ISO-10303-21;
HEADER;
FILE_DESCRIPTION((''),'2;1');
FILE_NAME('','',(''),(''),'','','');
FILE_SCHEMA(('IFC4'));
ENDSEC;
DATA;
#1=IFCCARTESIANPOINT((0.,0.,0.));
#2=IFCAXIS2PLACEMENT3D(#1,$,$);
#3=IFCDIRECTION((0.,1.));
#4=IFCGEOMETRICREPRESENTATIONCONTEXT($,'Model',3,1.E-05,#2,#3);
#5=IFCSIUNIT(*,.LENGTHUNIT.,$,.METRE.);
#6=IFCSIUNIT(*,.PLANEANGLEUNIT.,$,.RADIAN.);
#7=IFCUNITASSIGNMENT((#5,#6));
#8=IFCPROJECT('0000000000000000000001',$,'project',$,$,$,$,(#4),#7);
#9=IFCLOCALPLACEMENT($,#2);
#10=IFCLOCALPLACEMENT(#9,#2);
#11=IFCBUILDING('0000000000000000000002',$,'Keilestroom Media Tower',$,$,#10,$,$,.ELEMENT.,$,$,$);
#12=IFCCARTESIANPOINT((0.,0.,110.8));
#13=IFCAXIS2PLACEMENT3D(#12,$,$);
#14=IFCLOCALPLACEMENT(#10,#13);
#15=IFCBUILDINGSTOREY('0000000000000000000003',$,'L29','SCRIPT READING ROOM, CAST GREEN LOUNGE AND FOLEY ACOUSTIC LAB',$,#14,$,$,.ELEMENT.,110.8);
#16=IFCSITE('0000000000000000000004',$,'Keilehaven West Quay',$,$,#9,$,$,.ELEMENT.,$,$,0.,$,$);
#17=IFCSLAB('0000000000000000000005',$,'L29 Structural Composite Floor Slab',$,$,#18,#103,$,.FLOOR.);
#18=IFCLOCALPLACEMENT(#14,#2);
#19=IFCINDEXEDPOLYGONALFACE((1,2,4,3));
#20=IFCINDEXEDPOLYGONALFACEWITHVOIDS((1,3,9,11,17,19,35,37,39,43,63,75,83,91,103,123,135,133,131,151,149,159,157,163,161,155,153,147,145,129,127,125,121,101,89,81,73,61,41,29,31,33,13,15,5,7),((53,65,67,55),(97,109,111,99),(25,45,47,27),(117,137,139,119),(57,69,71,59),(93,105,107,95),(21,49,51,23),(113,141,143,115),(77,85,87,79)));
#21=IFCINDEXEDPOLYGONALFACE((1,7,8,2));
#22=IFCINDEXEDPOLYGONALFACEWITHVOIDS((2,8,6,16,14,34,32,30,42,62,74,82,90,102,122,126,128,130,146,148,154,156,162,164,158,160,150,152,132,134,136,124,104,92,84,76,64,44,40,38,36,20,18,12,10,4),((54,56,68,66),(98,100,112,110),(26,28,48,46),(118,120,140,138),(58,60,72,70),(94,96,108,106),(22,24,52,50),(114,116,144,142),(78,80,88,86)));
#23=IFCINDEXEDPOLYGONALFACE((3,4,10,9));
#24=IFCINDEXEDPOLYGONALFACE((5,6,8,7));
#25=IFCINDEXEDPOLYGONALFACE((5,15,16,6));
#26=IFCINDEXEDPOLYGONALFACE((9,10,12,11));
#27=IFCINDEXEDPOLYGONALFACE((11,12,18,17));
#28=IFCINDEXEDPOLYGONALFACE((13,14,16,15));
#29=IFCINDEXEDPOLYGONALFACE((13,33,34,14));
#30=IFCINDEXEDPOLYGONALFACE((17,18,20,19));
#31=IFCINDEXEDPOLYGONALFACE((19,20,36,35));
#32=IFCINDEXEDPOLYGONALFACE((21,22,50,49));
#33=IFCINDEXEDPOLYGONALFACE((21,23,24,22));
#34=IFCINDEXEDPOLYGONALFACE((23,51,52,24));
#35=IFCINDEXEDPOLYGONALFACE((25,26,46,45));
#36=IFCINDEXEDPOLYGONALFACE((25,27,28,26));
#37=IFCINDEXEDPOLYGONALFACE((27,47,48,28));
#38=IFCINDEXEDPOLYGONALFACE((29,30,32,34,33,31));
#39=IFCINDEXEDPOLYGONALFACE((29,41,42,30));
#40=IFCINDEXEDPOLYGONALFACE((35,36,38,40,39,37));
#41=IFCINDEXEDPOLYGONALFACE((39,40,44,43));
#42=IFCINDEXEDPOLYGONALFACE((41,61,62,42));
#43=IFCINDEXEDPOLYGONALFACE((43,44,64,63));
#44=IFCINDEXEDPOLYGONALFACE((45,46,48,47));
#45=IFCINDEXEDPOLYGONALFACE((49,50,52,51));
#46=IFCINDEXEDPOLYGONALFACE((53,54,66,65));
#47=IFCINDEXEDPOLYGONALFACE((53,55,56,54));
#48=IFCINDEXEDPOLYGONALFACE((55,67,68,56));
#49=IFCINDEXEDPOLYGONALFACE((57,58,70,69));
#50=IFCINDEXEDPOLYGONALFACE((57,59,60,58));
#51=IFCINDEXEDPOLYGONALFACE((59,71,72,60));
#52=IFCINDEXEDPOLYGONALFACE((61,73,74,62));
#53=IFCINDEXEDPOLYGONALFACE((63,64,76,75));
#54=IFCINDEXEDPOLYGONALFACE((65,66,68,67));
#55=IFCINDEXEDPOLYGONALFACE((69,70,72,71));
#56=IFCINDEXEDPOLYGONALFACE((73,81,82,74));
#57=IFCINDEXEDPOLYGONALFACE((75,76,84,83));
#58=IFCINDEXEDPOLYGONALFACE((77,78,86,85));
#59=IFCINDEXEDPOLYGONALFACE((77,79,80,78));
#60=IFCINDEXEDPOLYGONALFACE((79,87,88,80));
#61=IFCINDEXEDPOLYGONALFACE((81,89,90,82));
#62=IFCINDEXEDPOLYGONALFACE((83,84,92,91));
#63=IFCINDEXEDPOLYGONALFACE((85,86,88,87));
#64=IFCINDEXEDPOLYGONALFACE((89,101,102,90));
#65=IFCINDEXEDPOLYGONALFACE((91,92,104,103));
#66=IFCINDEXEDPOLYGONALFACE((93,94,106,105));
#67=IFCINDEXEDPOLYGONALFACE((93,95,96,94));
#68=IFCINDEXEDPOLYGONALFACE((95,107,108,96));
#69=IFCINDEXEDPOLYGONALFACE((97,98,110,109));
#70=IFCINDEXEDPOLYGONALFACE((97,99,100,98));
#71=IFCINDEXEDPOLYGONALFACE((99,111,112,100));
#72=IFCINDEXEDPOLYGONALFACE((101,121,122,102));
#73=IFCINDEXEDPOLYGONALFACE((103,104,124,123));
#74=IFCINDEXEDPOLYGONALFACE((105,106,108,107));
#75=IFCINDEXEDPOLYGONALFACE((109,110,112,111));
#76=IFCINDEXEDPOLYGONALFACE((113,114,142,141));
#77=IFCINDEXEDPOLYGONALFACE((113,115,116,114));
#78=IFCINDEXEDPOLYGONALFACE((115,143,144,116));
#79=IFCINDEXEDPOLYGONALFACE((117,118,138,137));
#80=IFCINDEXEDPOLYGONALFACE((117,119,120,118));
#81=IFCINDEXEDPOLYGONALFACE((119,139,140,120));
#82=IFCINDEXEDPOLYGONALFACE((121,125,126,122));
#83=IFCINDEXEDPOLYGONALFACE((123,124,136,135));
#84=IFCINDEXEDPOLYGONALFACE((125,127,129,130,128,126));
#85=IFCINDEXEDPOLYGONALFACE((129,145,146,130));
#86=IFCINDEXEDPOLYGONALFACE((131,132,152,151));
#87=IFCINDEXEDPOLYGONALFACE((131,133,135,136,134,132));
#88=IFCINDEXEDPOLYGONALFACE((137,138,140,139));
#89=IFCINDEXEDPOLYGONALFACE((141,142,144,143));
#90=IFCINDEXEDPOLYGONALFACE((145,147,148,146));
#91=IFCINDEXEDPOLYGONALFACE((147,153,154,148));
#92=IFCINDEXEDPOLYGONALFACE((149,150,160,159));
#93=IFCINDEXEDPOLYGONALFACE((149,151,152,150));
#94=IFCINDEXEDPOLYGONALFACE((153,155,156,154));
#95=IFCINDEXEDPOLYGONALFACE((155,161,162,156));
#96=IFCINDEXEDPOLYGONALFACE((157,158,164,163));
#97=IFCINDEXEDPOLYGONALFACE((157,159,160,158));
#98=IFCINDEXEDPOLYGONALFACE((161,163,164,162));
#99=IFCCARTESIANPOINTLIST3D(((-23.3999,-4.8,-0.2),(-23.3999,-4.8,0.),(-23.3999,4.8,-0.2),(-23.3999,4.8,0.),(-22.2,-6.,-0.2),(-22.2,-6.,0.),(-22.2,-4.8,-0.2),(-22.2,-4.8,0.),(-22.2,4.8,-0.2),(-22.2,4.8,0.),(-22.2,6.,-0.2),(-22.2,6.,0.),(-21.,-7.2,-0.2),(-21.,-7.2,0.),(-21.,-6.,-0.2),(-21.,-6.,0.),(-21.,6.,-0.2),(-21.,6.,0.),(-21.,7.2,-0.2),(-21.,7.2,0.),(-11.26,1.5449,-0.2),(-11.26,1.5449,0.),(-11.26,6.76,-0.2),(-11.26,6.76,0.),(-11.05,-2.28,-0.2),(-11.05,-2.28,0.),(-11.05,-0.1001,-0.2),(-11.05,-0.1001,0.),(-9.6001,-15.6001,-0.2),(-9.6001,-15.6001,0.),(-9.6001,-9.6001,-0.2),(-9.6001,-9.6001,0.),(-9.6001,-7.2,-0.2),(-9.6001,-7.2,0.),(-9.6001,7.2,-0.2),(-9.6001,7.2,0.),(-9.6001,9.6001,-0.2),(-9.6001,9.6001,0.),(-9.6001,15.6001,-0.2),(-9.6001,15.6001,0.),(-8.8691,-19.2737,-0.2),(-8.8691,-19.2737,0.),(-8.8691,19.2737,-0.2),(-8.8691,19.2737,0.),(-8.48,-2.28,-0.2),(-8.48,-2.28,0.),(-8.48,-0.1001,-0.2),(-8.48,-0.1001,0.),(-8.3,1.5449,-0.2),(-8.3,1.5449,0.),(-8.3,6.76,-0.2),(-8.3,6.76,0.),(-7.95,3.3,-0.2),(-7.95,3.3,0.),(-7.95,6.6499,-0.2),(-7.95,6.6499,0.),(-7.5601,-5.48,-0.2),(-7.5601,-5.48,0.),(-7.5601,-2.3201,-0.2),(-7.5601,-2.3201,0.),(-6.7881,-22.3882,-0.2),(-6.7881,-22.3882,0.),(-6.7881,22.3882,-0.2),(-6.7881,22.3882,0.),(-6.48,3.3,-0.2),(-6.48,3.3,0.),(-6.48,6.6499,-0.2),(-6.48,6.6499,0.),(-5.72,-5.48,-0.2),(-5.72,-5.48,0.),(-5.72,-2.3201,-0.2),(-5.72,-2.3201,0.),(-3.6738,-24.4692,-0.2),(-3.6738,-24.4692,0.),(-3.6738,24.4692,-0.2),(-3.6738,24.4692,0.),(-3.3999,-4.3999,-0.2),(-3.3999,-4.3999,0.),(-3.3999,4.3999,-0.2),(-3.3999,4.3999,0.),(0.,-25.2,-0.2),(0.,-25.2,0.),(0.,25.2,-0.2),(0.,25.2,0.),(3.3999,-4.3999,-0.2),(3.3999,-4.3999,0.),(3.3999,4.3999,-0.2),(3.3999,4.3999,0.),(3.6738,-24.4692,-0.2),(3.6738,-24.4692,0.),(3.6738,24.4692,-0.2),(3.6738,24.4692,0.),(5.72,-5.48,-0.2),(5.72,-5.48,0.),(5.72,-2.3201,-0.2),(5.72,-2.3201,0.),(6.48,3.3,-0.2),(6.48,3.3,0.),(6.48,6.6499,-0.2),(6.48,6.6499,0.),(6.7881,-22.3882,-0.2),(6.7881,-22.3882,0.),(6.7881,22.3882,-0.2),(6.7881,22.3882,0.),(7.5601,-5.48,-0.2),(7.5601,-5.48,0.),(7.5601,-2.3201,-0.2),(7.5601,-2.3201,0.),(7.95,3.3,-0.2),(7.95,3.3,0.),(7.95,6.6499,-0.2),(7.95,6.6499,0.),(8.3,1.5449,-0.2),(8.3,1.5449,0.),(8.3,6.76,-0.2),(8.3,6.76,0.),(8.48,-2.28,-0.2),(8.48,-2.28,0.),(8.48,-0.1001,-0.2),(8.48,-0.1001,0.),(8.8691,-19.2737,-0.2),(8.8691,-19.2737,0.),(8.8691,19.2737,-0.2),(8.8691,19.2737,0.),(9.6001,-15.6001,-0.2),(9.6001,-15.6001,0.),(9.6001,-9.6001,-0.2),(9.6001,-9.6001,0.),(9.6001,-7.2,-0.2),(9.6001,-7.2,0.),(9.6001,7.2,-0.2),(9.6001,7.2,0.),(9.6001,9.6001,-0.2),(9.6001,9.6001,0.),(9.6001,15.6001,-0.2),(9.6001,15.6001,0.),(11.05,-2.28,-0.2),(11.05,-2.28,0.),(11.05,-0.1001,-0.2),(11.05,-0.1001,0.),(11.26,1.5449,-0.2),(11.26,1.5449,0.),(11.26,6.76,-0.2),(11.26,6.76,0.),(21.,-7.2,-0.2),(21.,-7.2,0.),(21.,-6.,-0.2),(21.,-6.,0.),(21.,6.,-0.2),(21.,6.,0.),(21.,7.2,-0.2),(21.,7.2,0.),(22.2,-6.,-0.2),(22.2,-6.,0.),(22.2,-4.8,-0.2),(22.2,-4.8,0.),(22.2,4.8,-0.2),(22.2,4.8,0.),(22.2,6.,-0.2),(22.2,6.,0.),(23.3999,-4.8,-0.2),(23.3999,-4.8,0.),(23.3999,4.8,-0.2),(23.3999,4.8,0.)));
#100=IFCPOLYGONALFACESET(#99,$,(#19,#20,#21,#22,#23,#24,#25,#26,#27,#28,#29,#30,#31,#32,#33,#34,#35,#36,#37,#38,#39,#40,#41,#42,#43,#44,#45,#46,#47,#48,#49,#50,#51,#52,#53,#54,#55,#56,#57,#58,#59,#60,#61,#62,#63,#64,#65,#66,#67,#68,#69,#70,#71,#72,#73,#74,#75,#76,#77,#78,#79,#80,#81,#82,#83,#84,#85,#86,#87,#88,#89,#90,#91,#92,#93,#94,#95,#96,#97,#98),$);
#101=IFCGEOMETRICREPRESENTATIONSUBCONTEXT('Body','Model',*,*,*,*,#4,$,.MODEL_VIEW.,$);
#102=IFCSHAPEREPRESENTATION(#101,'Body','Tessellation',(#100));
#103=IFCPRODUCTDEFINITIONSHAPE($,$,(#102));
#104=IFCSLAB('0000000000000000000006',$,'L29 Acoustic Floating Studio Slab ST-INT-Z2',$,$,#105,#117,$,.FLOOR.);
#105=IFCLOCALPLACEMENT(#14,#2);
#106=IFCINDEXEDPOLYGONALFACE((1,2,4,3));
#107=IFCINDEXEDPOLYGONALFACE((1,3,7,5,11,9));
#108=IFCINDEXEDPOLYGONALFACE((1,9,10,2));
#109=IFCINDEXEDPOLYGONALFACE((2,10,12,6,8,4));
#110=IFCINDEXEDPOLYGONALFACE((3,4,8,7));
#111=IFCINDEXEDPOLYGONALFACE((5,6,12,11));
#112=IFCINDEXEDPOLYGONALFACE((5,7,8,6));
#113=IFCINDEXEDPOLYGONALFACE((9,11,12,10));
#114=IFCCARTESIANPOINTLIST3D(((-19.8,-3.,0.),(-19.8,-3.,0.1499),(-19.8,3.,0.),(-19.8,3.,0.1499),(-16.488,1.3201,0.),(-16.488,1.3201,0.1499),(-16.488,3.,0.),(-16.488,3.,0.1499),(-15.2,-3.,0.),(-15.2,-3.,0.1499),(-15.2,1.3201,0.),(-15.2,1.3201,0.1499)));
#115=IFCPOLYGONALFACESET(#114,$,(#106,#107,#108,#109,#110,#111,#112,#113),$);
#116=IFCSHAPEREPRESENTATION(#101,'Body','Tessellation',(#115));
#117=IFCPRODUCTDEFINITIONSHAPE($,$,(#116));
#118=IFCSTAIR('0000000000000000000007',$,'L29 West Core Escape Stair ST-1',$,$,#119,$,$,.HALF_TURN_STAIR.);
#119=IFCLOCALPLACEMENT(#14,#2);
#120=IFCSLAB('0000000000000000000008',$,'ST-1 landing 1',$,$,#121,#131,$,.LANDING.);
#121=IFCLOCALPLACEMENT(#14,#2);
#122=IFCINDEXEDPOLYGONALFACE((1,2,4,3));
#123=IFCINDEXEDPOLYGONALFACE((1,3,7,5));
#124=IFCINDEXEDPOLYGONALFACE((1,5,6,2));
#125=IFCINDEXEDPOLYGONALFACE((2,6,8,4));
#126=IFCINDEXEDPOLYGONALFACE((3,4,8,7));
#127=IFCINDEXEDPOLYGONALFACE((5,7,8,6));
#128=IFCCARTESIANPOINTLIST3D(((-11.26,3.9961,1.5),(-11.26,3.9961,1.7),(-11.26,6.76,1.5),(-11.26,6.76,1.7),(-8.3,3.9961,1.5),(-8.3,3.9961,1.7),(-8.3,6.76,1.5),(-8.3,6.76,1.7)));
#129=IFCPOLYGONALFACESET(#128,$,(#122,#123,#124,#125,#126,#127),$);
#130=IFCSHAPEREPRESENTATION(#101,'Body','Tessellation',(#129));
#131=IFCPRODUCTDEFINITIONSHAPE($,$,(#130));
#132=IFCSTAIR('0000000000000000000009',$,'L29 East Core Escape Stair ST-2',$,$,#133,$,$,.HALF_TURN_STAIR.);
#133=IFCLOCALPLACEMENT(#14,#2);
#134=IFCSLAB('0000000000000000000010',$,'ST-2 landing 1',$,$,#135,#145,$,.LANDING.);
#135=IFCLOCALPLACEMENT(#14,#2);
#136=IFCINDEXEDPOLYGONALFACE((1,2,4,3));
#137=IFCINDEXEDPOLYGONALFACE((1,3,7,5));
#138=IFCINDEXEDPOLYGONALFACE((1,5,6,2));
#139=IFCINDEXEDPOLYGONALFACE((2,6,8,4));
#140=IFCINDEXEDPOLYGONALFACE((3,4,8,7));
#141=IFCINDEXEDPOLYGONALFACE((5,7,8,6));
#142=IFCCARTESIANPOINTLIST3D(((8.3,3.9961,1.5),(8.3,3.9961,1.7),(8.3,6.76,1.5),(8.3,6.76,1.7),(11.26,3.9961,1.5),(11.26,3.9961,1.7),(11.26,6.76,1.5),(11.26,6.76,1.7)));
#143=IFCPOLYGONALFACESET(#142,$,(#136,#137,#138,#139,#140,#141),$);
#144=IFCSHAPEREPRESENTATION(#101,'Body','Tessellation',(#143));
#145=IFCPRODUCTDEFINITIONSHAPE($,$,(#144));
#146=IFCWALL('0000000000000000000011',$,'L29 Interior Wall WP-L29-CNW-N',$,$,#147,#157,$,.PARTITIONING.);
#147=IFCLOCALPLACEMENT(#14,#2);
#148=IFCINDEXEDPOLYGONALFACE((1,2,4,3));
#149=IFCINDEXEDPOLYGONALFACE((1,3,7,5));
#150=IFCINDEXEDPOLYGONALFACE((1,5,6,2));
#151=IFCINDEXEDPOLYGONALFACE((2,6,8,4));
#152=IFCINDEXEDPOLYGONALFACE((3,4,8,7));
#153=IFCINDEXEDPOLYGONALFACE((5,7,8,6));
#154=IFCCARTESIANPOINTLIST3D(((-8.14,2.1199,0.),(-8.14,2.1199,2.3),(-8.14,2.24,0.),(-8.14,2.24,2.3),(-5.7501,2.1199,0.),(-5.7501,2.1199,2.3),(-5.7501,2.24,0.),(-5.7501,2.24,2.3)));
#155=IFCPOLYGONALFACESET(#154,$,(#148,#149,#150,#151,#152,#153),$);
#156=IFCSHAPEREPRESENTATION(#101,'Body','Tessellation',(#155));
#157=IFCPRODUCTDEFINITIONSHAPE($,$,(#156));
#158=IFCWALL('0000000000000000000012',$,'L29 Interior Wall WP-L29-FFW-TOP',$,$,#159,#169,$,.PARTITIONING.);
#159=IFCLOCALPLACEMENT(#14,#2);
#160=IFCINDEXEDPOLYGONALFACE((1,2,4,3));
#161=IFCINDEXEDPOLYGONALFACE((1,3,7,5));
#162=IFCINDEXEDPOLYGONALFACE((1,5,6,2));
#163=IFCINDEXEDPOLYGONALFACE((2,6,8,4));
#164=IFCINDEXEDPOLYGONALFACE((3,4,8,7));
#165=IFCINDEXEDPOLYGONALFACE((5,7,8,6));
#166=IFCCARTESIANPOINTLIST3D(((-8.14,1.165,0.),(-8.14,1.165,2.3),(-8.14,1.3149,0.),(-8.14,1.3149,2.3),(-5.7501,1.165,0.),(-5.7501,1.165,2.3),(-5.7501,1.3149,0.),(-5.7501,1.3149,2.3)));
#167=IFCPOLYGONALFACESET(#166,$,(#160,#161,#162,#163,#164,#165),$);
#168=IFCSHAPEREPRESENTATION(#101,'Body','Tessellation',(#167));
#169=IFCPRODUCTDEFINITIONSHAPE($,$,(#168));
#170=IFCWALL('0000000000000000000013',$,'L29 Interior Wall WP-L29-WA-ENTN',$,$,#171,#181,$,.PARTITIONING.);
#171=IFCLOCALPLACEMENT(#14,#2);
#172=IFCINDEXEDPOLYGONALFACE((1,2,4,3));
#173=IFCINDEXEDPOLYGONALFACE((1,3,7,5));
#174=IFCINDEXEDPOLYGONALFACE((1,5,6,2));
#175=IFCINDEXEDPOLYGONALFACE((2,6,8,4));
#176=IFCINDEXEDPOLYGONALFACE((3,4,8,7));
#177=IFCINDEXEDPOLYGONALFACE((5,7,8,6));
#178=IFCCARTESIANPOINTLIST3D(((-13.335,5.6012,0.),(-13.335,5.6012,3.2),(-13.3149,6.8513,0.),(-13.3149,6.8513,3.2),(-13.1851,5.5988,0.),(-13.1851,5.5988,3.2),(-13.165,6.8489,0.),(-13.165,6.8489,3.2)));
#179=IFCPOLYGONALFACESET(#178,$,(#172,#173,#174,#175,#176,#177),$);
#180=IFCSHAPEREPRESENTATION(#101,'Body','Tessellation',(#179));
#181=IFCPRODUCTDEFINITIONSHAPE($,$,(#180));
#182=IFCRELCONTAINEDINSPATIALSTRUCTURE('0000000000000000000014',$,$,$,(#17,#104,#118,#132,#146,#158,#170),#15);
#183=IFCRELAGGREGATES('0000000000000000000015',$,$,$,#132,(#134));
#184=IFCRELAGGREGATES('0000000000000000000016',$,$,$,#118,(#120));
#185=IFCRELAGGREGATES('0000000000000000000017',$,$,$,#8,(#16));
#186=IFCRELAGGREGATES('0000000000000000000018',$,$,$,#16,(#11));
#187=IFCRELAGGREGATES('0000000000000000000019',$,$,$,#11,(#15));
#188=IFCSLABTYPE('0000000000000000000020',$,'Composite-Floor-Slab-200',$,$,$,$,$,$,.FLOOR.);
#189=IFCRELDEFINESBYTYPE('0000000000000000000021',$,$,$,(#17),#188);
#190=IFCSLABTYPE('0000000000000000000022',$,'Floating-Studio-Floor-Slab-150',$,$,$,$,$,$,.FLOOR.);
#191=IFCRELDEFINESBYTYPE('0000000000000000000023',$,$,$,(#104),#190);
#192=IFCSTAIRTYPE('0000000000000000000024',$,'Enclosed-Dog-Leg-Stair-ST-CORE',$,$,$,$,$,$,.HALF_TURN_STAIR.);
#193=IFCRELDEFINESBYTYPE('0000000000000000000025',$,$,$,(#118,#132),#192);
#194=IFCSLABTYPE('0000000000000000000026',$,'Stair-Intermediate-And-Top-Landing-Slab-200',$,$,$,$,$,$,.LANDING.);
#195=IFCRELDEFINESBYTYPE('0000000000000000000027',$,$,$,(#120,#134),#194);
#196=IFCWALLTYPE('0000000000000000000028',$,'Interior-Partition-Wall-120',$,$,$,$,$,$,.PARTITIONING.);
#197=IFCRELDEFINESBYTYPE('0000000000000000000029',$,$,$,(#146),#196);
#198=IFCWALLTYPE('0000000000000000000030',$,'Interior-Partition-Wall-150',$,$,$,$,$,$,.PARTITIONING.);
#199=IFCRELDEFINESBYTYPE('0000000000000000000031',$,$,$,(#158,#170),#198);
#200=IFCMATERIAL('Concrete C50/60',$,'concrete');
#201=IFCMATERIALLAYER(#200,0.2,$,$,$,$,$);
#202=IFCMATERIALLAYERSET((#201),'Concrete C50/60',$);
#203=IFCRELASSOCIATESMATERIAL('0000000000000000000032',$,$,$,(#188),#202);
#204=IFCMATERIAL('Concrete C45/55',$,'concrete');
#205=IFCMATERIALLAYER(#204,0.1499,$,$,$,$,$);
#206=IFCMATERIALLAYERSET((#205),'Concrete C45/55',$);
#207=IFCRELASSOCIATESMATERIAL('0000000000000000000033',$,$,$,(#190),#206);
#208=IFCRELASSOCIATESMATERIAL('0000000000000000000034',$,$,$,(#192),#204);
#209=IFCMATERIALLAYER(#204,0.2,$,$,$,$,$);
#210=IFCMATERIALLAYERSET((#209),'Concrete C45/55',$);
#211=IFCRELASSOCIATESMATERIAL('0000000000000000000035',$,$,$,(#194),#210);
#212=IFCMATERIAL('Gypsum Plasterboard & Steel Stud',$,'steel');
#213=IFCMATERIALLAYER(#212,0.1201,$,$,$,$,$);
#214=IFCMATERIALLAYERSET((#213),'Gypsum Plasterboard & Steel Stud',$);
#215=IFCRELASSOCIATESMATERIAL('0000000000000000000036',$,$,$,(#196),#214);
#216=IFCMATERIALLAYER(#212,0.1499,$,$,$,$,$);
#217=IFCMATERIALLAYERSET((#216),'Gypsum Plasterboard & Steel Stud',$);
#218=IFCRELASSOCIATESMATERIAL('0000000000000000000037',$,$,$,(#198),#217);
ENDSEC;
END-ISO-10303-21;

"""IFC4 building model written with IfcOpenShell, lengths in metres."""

from ifc_helpers import new_model, si_unit, direction, frame, frame_2d, origin, place, context, subcontext, project, spatial, polyline, rectangle, outline, extrude, material, layer, layer_set, type_object, element, aggregate, save


model = new_model("IFC4")

# Units and contexts
model_context = context("Model", 3, precision=1e-05, world=origin(), true_north=direction((0.0, 1.0)))
body_context = subcontext(model_context, "Body", "Model", "MODEL_VIEW")
ifc_project = project(units=[si_unit("LENGTHUNIT", "METRE"), si_unit("PLANEANGLEUNIT", "RADIAN")], contexts=[model_context])

# Site, building, storey
site_placement = place(None, origin())
site = spatial("IfcSite", under=ifc_project, at=site_placement, Name="Keilehaven West Quay", CompositionType="ELEMENT", RefElevation=0.0)
building_placement = place(site_placement, origin())
building = spatial("IfcBuilding", under=site, at=building_placement, Name="Keilestroom Media Tower", CompositionType="ELEMENT")
storey_placement = place(building_placement, frame((0.0, 0.0, 110.8)))
storey = spatial("IfcBuildingStorey", under=building, at=storey_placement, Name="L29", Description="SCRIPT READING ROOM, CAST GREEN LOUNGE AND FOLEY ACOUSTIC LAB", CompositionType="ELEMENT", Elevation=110.8)

# Slabs
ifc_material_1 = material(Name="Concrete C50/60", Category="concrete")
ifc_layer_1 = layer(ifc_material_1, 0.2)
ifc_layer_set_1 = layer_set([ifc_layer_1], Name="Concrete C50/60")
slab_type_1 = type_object("IfcSlabType", Name="Composite-Floor-Slab-200", PredefinedType="FLOOR", material=ifc_layer_set_1)
slab_1_placement = place(storey_placement, frame((0.0, 0.0, -0.2)))
element("IfcSlab", 1, at=slab_1_placement, inside=storey, type_object=slab_type_1, Name="L29 Structural Composite Floor Slab", PredefinedType="FLOOR", context=body_context, shape_type="SweptSolid", body=[
    extrude(outline(polyline([(23.3999, -4.8), (23.3999, 4.8), (22.2, 4.8), (22.2, 6.0), (21.0, 6.0), (21.0, 7.2), (9.6001, 7.2), (9.6001, 9.6001), (9.6001, 15.6001), (8.8691, 19.2737), (6.7881, 22.3882), (3.6738, 24.4692), (0.0, 25.2), (-3.6738, 24.4692), (-6.7881, 22.3882), (-8.8691, 19.2737), (-9.6001, 15.6001), (-9.6001, 9.6001), (-9.6001, 7.2), (-21.0, 7.2), (-21.0, 6.0), (-22.2, 6.0), (-22.2, 4.8), (-23.3999, 4.8), (-23.3999, -4.8), (-22.2, -4.8), (-22.2, -6.0), (-21.0, -6.0), (-21.0, -7.2), (-9.6001, -7.2), (-9.6001, -9.6001), (-9.6001, -15.6001), (-8.8691, -19.2737), (-6.7881, -22.3882), (-3.6738, -24.4692), (0.0, -25.2), (3.6738, -24.4692), (6.7881, -22.3882), (8.8691, -19.2737), (9.6001, -15.6001), (9.6001, -9.6001), (9.6001, -7.2), (21.0, -7.2), (21.0, -6.0), (22.2, -6.0), (22.2, -4.8), (23.3999, -4.8)]), holes=[polyline([(-11.26, 1.5449), (-11.26, 6.76), (-8.3, 6.76), (-8.3, 1.5449), (-11.26, 1.5449)]), polyline([(-11.05, -2.28), (-11.05, -0.1001), (-8.48, -0.1001), (-8.48, -2.28), (-11.05, -2.28)]), polyline([(-7.95, 3.3), (-7.95, 6.6499), (-6.48, 6.6499), (-6.48, 3.3), (-7.95, 3.3)]), polyline([(-7.5601, -2.3201), (-5.72, -2.3201), (-5.72, -5.48), (-7.5601, -5.48), (-7.5601, -2.3201)]), polyline([(3.3999, -4.3999), (-3.3999, -4.3999), (-3.3999, 4.3999), (3.3999, 4.3999), (3.3999, -4.3999)]), polyline([(7.5601, -2.3201), (7.5601, -5.48), (5.72, -5.48), (5.72, -2.3201), (7.5601, -2.3201)]), polyline([(6.48, 3.3), (6.48, 6.6499), (7.95, 6.6499), (7.95, 3.3), (6.48, 3.3)]), polyline([(8.3, 1.5449), (8.3, 6.76), (11.26, 6.76), (11.26, 1.5449), (8.3, 1.5449)]), polyline([(8.48, -2.28), (8.48, -0.1001), (11.05, -0.1001), (11.05, -2.28), (8.48, -2.28)])]), origin(), (0.0, 0.0, 1.0), 0.2),
])
ifc_material_2 = material(Name="Concrete C45/55", Category="concrete")
ifc_layer_2 = layer(ifc_material_2, 0.1499)
ifc_layer_set_2 = layer_set([ifc_layer_2], Name="Concrete C45/55")
slab_type_2 = type_object("IfcSlabType", Name="Floating-Studio-Floor-Slab-150", PredefinedType="FLOOR", material=ifc_layer_set_2)
slab_2_placement = place(storey_placement, origin())
element("IfcSlab", 2, at=slab_2_placement, inside=storey, type_object=slab_type_2, Name="L29 Acoustic Floating Studio Slab ST-INT-Z2", PredefinedType="FLOOR", context=body_context, shape_type="SweptSolid", body=[
    extrude(outline(polyline([(-19.8, -3.0), (-15.2, -3.0), (-15.2, 1.3201), (-16.488, 1.3201), (-16.488, 3.0), (-19.8, 3.0), (-19.8, -3.0)])), origin(), (0.0, 0.0, 1.0), 0.1499),
])

# Stairs, slabs
stair_type = type_object("IfcStairType", Name="Enclosed-Dog-Leg-Stair-ST-CORE", PredefinedType="HALF_TURN_STAIR", material=ifc_material_2)
stair_1_placement = place(storey_placement, origin())
stair_1 = element("IfcStair", 3, at=stair_1_placement, inside=storey, type_object=stair_type, Name="L29 West Core Escape Stair ST-1", PredefinedType="HALF_TURN_STAIR")
ifc_layer_3 = layer(ifc_material_2, 0.2)
ifc_layer_set_3 = layer_set([ifc_layer_3], Name="Concrete C45/55")
slab_type_3 = type_object("IfcSlabType", Name="Stair-Intermediate-And-Top-Landing-Slab-200", PredefinedType="LANDING", material=ifc_layer_set_3)
slab_3_placement = place(storey_placement, frame((0.0, 0.0, 1.5)))
slab_3 = element("IfcSlab", 4, at=slab_3_placement, type_object=slab_type_3, Name="ST-1 landing 1", PredefinedType="LANDING", context=body_context, shape_type="SweptSolid", body=[
    extrude(outline(polyline([(-8.3, 3.9961), (-8.3, 6.76), (-11.26, 6.76), (-11.26, 3.9961), (-8.3, 3.9961)])), origin(), (0.0, 0.0, 1.0), 0.2),
])
stair_2_placement = place(storey_placement, origin())
stair_2 = element("IfcStair", 5, at=stair_2_placement, inside=storey, type_object=stair_type, Name="L29 East Core Escape Stair ST-2", PredefinedType="HALF_TURN_STAIR")
slab_4_placement = place(storey_placement, frame((0.0, 0.0, 1.5)))
slab_4 = element("IfcSlab", 6, at=slab_4_placement, type_object=slab_type_3, Name="ST-2 landing 1", PredefinedType="LANDING", context=body_context, shape_type="SweptSolid", body=[
    extrude(outline(polyline([(11.26, 3.9961), (11.26, 6.76), (8.3, 6.76), (8.3, 3.9961), (11.26, 3.9961)])), origin(), (0.0, 0.0, 1.0), 0.2),
])
aggregate(stair_2, [slab_4])

# Walls
ifc_material_3 = material(Name="Gypsum Plasterboard & Steel Stud", Category="steel")
ifc_layer_4 = layer(ifc_material_3, 0.1201)
ifc_layer_set_4 = layer_set([ifc_layer_4], Name="Gypsum Plasterboard & Steel Stud")
wall_type_1 = type_object("IfcWallType", Name="Interior-Partition-Wall-120", PredefinedType="PARTITIONING", material=ifc_layer_set_4)
wall_1_placement = place(storey_placement, frame((-8.1399, 2.1799, 0.0), z_axis=(0.0, 0.0, 1.0), x_axis=(1.0, 0.0, 0.0)))
element("IfcWall", 7, at=wall_1_placement, inside=storey, type_object=wall_type_1, Name="L29 Interior Wall WP-L29-CNW-N", PredefinedType="PARTITIONING", context=body_context, shape_type="SweptSolid", body=[
    extrude(rectangle(XDim=2.3899, YDim=0.1201, at=frame_2d((1.1948, 0.0))), origin(), (0.0, 0.0, 1.0), 2.3),
])
ifc_layer_5 = layer(ifc_material_3, 0.1499)
ifc_layer_set_5 = layer_set([ifc_layer_5], Name="Gypsum Plasterboard & Steel Stud")
wall_type_2 = type_object("IfcWallType", Name="Interior-Partition-Wall-150", PredefinedType="PARTITIONING", material=ifc_layer_set_5)
wall_2_placement = place(storey_placement, frame((-8.1399, 1.24, 0.0), z_axis=(0.0, 0.0, 1.0), x_axis=(1.0, 0.0, 0.0)))
element("IfcWall", 8, at=wall_2_placement, inside=storey, type_object=wall_type_2, Name="L29 Interior Wall WP-L29-FFW-TOP", PredefinedType="PARTITIONING", context=body_context, shape_type="SweptSolid", body=[
    extrude(rectangle(XDim=2.3899, YDim=0.1499, at=frame_2d((1.1948, 0.0))), origin(), (0.0, 0.0, 1.0), 2.3),
])
wall_3_placement = place(storey_placement, frame((-13.26, 5.6001, 0.0), z_axis=(0.0, 0.0, 1.0), x_axis=(0.016014, 0.999872, 0.0)))
element("IfcWall", 9, at=wall_3_placement, inside=storey, type_object=wall_type_2, Name="L29 Interior Wall WP-L29-WA-ENTN", PredefinedType="PARTITIONING", context=body_context, shape_type="SweptSolid", body=[
    extrude(rectangle(XDim=1.2502, YDim=0.1499, at=frame_2d((0.625, 0.0))), origin(), (0.0, 0.0, 1.0), 3.2),
])

aggregate(stair_1, [slab_3])

save(model, "model.ifc")
